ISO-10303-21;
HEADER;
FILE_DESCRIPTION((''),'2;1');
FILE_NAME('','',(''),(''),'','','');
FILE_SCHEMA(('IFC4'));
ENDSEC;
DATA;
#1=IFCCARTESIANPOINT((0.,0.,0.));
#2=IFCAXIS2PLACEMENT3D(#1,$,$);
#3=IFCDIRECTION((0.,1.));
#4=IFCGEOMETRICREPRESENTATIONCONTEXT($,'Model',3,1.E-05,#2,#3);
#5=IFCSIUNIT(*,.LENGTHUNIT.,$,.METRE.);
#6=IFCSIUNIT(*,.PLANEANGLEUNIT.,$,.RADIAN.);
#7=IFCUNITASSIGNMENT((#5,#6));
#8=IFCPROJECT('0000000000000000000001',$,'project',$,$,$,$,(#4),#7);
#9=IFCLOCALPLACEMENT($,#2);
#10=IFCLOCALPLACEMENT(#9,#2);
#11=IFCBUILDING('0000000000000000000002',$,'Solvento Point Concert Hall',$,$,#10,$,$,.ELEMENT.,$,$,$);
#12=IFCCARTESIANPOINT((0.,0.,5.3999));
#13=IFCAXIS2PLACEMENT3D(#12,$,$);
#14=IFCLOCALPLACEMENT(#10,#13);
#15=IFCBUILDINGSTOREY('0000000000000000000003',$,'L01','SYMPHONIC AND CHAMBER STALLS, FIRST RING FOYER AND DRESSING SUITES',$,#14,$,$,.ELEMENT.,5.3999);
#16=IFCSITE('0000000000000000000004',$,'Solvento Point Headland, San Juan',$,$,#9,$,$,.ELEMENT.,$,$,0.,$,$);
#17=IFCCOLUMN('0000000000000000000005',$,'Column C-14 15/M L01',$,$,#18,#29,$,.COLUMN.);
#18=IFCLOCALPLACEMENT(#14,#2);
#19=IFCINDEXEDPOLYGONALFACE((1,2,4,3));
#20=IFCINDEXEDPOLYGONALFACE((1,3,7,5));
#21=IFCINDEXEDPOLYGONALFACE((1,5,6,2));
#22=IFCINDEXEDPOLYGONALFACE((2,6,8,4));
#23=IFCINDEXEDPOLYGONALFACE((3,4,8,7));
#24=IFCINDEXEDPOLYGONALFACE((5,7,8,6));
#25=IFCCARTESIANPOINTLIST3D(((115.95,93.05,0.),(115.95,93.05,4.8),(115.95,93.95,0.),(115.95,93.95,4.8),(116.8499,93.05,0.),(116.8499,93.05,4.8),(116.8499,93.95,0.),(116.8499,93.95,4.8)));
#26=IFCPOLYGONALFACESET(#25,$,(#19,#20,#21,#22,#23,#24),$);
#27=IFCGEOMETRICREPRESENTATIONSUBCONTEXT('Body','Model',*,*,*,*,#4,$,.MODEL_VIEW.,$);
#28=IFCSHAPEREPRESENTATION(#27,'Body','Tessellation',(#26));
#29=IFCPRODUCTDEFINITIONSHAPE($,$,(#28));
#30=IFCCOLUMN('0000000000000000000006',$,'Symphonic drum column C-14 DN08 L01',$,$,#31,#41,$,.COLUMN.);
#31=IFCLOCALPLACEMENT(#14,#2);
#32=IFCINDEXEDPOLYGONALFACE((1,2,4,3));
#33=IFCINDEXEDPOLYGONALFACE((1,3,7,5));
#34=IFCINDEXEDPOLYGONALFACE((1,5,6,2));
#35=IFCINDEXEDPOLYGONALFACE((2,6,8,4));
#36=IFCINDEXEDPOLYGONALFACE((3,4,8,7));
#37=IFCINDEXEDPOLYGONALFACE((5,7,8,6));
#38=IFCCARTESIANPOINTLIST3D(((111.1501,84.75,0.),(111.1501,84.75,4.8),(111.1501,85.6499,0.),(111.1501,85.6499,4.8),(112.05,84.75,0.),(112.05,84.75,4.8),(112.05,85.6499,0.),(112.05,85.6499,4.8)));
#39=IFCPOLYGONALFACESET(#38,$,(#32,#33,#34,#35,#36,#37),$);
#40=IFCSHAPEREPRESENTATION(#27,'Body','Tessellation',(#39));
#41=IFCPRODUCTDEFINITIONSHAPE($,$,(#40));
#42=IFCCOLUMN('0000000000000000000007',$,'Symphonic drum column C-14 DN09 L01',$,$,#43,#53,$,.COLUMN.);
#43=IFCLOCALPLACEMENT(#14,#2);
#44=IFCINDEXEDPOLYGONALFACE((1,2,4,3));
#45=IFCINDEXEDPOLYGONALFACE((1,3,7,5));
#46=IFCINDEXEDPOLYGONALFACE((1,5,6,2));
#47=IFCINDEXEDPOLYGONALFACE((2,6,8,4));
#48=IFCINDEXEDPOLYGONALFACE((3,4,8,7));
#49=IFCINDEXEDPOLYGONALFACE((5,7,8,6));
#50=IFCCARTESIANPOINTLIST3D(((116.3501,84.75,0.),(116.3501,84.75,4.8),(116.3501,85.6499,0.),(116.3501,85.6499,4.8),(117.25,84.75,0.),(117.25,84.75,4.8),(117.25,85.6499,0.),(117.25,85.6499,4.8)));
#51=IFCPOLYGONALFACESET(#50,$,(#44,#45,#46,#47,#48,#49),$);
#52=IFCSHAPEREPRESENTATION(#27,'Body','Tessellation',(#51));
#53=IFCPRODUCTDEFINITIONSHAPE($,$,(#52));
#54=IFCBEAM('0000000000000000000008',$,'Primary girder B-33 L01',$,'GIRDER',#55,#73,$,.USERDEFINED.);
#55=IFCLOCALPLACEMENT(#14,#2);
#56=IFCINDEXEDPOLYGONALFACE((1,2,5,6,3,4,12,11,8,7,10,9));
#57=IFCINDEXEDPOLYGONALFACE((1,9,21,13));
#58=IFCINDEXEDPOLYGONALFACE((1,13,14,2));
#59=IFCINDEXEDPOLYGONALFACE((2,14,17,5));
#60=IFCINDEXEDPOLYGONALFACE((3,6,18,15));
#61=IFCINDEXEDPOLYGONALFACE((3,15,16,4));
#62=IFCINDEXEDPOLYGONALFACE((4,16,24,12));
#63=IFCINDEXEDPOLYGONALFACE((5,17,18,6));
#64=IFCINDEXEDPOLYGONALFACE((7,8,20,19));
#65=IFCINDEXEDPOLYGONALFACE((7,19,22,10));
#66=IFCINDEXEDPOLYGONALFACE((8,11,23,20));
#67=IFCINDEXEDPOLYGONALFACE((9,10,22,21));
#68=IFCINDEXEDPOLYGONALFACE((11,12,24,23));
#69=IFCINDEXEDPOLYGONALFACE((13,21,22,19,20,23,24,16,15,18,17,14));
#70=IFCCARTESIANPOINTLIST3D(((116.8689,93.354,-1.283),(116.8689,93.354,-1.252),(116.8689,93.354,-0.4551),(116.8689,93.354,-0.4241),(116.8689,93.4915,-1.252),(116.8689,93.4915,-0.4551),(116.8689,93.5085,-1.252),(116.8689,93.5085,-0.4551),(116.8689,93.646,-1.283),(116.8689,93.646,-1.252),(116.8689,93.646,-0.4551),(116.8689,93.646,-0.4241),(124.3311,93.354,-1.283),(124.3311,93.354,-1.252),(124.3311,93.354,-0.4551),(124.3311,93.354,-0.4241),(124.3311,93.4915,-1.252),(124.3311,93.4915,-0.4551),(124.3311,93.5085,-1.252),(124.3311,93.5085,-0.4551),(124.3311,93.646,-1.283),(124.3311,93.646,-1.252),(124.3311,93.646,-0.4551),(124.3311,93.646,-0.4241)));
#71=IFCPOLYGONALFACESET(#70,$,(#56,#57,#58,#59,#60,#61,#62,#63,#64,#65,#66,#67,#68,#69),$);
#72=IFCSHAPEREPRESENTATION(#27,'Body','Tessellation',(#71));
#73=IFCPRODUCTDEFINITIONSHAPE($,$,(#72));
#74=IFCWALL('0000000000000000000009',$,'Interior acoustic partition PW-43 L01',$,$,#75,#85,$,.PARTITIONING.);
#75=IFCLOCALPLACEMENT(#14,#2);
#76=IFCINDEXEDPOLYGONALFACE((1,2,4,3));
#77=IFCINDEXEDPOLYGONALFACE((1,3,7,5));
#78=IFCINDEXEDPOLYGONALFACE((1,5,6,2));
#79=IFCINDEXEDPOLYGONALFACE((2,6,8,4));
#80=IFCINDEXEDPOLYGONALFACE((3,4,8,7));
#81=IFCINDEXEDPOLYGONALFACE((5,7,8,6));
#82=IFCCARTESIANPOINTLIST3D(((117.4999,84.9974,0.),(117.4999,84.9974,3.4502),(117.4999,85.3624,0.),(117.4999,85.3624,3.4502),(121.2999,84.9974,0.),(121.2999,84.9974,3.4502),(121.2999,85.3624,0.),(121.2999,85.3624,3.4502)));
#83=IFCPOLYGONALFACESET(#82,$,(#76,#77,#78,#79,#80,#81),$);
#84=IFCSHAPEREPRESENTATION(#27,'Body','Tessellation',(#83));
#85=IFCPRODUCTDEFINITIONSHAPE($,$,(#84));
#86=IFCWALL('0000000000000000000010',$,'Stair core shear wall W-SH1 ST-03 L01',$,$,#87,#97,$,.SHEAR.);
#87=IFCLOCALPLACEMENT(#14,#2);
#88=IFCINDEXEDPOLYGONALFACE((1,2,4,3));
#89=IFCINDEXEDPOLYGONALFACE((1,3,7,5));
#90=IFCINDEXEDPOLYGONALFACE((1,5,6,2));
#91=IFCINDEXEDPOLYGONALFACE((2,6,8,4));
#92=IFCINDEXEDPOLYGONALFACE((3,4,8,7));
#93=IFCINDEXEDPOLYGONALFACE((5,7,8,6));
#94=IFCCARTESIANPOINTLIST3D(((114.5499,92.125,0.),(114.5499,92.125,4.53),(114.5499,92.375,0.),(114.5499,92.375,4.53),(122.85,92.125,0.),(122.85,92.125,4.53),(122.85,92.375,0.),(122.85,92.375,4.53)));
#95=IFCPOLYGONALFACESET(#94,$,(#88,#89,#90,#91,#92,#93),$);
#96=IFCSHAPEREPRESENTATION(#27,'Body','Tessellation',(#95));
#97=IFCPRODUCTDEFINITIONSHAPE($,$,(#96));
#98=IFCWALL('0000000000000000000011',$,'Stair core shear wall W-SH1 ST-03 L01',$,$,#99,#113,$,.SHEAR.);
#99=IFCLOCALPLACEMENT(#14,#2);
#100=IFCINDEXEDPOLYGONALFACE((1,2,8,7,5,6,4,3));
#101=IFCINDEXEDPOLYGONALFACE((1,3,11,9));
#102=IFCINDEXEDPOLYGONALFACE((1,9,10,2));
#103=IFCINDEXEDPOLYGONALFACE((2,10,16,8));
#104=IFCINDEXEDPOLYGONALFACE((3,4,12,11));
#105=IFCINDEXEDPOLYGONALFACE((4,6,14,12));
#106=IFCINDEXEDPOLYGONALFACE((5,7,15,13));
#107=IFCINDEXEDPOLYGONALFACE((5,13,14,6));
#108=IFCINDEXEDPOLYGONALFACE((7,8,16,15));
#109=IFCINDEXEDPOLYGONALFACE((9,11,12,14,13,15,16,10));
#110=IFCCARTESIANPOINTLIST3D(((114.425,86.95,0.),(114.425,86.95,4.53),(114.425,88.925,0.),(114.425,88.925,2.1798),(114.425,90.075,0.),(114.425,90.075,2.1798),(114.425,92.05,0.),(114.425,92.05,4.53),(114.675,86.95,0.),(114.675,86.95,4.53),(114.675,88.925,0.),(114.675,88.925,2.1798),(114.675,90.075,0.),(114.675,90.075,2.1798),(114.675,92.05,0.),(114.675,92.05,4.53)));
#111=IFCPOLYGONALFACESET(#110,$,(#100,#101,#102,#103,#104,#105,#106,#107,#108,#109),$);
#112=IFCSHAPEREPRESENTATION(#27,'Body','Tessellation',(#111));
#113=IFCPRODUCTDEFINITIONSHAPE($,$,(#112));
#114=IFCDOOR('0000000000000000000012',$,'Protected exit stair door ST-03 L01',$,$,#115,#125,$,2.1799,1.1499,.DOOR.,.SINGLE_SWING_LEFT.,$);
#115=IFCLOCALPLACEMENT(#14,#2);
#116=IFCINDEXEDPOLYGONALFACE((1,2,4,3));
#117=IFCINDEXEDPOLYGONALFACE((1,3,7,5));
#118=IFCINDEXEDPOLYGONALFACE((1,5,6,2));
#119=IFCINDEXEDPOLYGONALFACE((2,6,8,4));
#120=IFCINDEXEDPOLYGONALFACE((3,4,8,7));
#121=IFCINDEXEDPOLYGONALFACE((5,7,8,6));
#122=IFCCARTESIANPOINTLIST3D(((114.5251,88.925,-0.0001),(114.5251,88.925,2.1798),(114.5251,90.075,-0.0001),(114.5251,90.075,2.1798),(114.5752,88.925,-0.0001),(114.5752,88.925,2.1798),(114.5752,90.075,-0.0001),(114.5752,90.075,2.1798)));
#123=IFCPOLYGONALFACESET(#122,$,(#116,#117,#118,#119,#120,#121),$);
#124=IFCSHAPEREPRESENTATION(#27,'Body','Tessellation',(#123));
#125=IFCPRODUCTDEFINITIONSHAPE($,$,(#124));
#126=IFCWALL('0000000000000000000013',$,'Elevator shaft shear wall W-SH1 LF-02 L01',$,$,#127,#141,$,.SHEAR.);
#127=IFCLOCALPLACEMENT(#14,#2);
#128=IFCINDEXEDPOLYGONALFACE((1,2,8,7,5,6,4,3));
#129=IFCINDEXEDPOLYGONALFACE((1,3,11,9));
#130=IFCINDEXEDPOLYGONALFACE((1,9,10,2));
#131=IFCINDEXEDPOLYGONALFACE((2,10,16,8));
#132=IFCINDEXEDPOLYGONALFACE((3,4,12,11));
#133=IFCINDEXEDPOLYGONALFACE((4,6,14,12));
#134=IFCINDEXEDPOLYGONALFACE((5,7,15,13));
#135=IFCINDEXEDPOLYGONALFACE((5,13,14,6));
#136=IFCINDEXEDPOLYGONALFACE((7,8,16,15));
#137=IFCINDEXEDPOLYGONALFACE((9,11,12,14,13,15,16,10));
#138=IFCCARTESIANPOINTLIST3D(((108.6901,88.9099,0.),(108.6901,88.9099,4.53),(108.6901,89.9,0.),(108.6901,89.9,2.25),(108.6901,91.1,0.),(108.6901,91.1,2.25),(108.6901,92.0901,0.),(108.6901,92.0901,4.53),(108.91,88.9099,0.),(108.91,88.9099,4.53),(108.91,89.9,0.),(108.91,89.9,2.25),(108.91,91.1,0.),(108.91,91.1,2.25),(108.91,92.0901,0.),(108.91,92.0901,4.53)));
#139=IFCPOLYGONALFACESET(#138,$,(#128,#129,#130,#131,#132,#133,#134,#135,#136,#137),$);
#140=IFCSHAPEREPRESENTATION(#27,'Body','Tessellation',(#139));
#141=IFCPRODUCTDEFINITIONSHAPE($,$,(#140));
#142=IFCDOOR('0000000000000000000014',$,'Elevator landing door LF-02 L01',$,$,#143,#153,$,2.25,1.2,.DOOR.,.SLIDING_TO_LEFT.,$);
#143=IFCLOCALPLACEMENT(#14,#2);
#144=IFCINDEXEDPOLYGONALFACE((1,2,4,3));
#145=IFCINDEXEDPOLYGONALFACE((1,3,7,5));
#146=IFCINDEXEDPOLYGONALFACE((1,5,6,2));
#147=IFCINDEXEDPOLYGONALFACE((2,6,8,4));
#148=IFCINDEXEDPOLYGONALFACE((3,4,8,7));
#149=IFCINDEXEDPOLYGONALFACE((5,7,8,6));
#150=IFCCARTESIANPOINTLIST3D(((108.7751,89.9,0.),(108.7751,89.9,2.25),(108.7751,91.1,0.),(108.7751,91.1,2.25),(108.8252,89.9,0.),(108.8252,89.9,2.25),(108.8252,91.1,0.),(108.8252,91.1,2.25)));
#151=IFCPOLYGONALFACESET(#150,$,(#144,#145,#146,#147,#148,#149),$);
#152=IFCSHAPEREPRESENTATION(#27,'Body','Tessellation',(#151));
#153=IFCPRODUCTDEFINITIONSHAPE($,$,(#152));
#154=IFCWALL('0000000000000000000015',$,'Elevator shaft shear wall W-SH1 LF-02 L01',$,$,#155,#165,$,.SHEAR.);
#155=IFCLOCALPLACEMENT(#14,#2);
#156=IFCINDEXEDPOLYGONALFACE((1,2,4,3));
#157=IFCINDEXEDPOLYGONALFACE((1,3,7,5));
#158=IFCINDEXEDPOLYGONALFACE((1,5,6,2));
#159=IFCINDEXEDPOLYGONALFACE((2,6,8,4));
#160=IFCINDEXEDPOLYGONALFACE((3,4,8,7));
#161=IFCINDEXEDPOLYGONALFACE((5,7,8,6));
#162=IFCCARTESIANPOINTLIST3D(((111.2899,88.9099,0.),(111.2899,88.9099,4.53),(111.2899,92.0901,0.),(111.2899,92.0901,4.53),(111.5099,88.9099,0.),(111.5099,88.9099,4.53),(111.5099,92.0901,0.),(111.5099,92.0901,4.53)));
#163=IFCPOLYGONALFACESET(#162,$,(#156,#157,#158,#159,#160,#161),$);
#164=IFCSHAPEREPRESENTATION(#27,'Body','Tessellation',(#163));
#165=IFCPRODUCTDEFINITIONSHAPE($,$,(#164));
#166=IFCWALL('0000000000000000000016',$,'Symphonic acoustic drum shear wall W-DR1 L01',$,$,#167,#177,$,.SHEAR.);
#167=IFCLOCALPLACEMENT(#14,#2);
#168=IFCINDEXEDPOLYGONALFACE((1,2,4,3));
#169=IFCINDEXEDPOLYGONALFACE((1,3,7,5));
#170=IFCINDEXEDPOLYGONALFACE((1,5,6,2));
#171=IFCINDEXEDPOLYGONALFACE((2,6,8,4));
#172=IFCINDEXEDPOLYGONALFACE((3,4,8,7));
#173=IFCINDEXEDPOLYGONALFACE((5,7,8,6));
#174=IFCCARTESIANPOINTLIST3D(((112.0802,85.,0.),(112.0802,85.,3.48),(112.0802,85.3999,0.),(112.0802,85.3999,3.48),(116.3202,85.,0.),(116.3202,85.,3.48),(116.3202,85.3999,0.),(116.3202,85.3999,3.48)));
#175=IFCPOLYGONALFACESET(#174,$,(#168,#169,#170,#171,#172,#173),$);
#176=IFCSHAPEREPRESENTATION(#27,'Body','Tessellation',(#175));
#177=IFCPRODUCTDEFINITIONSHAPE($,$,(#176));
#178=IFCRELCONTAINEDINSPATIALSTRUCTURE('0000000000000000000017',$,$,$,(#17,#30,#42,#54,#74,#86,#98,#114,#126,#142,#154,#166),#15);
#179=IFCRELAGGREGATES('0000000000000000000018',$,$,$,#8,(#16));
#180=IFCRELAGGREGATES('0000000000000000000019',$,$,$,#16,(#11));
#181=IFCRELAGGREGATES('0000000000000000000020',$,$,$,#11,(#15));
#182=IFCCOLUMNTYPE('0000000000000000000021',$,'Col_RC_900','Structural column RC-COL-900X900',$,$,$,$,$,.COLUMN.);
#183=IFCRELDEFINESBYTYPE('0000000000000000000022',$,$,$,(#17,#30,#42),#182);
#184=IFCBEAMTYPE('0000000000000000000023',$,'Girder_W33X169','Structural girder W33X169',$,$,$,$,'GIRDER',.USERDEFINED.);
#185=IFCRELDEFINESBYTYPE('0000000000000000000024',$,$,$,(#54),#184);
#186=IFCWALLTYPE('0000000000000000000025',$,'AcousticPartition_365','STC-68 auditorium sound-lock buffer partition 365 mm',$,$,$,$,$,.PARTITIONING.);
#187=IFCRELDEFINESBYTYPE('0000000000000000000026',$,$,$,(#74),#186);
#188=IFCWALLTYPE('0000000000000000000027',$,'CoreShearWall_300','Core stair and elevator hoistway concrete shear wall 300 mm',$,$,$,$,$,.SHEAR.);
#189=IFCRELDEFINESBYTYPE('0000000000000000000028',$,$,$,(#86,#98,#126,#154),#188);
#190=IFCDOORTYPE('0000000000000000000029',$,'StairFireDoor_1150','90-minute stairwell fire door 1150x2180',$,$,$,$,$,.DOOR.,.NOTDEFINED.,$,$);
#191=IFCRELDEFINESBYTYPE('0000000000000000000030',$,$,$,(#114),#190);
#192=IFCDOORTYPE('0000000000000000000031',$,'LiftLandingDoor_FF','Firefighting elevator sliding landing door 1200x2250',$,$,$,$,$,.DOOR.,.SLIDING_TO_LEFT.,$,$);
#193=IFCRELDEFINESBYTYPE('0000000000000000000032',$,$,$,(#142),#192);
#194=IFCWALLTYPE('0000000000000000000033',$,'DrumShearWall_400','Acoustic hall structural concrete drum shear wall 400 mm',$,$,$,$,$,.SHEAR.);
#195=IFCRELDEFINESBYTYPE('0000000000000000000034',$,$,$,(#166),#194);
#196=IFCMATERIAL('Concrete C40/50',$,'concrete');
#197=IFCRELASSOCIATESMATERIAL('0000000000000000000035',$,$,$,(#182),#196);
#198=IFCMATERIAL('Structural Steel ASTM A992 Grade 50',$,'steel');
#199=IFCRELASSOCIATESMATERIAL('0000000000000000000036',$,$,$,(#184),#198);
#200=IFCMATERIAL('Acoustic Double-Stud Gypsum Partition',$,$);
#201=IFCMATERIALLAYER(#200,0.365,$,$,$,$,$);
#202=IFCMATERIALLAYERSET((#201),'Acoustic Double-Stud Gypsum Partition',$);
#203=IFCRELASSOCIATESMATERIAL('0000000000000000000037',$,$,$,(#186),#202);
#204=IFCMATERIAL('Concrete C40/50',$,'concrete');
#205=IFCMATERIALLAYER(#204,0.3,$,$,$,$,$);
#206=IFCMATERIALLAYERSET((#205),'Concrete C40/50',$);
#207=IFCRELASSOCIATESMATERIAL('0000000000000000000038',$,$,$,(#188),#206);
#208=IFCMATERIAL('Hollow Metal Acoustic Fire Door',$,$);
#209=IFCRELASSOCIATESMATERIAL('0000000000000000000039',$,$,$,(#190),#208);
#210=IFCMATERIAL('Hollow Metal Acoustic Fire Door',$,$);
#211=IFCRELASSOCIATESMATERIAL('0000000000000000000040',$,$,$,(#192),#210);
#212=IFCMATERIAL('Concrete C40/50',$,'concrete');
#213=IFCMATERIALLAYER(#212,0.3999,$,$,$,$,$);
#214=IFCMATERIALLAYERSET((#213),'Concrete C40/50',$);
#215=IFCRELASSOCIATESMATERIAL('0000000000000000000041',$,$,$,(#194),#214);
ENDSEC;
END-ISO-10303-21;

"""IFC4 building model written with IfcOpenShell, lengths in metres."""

from ifc_helpers import new_model, si_unit, direction, frame, frame_2d, origin, origin_2d, place, context, subcontext, project, spatial, rectangle, i_section, extrude, material, layer, layer_set, material_profile, profile_set, type_object, element, fill, save


model = new_model("IFC4")

# Units and contexts
model_context = context("Model", 3, precision=1e-05, world=origin(), true_north=direction((0.0, 1.0)))
body_context = subcontext(model_context, "Body", "Model", "MODEL_VIEW")
ifc_project = project(units=[si_unit("LENGTHUNIT", "METRE"), si_unit("PLANEANGLEUNIT", "RADIAN")], contexts=[model_context])

# Site, building, storey
site_placement = place(None, origin())
site = spatial("IfcSite", under=ifc_project, at=site_placement, Name="Solvento Point Headland, San Juan", CompositionType="ELEMENT", RefElevation=0.0)
building_placement = place(site_placement, origin())
building = spatial("IfcBuilding", under=site, at=building_placement, Name="Solvento Point Concert Hall", CompositionType="ELEMENT")
storey_placement = place(building_placement, frame((0.0, 0.0, 5.3999)))
storey = spatial("IfcBuildingStorey", under=building, at=storey_placement, Name="L01", Description="SYMPHONIC AND CHAMBER STALLS, FIRST RING FOYER AND DRESSING SUITES", CompositionType="ELEMENT", Elevation=5.3999)

# Columns
ifc_material_1 = material(Name="Concrete C40/50", Category="concrete")
ifc_material_profile_1 = material_profile(ifc_material_1, rectangle(XDim=0.8999, YDim=0.8999, at=origin_2d()), Name="RC-COL-900X900")
ifc_profile_set_1 = profile_set([ifc_material_profile_1], Name="Concrete C40/50")
column_type = type_object("IfcColumnType", Name="Col_RC_900", Description="Structural column RC-COL-900X900", PredefinedType="COLUMN", material=ifc_profile_set_1)
for number, where, z_axis, x_axis, name in (
    (1, (116.3999, 93.5, 0.0), (0.0, 0.0, 1.0), (1.0, 0.0, 0.0), "Column C-14 15/M L01"),
    (2, (111.6001, 85.2, 0.0), (0.0, 0.0, 1.0), (1.0, 0.0, 0.0), "Symphonic drum column C-14 DN08 L01"),
    (3, (116.8, 85.2, 0.0), (0.0, 0.0, 1.0), (1.0, 0.0, 0.0), "Symphonic drum column C-14 DN09 L01"),
):
    element("IfcColumn", number, at=place(storey_placement, frame(where, z_axis=z_axis, x_axis=x_axis)), inside=storey, type_object=column_type, Name=name, PredefinedType="COLUMN", context=body_context, shape_type="SweptSolid", body=[
        extrude(rectangle(XDim=0.8999, YDim=0.8999, at=origin_2d()), origin(), (0.0, 0.0, 1.0), 4.8),
    ])

# Beam
ifc_material_2 = material(Name="Structural Steel ASTM A992 Grade 50", Category="steel")
ifc_material_profile_2 = material_profile(ifc_material_2, i_section(OverallWidth=0.292, OverallDepth=0.8589, WebThickness=0.0171, FlangeThickness=0.031, at=origin_2d()), Name="W33X169")
ifc_profile_set_2 = profile_set([ifc_material_profile_2], Name="Structural Steel ASTM A992 Grade 50")
beam_type = type_object("IfcBeamType", Name="Girder_W33X169", Description="Structural girder W33X169", ElementType="GIRDER", PredefinedType="USERDEFINED", material=ifc_profile_set_2)
beam_placement = place(storey_placement, frame((116.8689, 93.5, -0.8535), z_axis=(1.0, 0.0, 0.0), x_axis=(0.0, 1.0, 0.0)))
element("IfcBeam", 4, at=beam_placement, inside=storey, type_object=beam_type, Name="Primary girder B-33 L01", ObjectType="GIRDER", PredefinedType="USERDEFINED", context=body_context, shape_type="SweptSolid", body=[
    extrude(i_section(OverallWidth=0.292, OverallDepth=0.8589, WebThickness=0.0171, FlangeThickness=0.031, at=origin_2d()), origin(), (0.0, 0.0, 1.0), 7.4622),
])

# Walls
ifc_material_3 = material(Name="Acoustic Double-Stud Gypsum Partition")
ifc_layer_1 = layer(ifc_material_3, 0.365)
ifc_layer_set_1 = layer_set([ifc_layer_1], Name="Acoustic Double-Stud Gypsum Partition")
wall_type_1 = type_object("IfcWallType", Name="AcousticPartition_365", Description="STC-68 auditorium sound-lock buffer partition 365 mm", PredefinedType="PARTITIONING", material=ifc_layer_set_1)
wall_1_placement = place(storey_placement, frame((117.5, 85.1799, 0.0), z_axis=(0.0, 0.0, 1.0), x_axis=(1.0, 0.0, 0.0)))
element("IfcWall", 5, at=wall_1_placement, inside=storey, type_object=wall_type_1, Name="Interior acoustic partition PW-43 L01", PredefinedType="PARTITIONING", context=body_context, shape_type="SweptSolid", body=[
    extrude(rectangle(XDim=3.8, YDim=0.365, at=frame_2d((1.8999, 0.0))), origin(), (0.0, 0.0, 1.0), 3.4502),
])
ifc_material_4 = material(Name="Concrete C40/50", Category="concrete")
ifc_layer_2 = layer(ifc_material_4, 0.3)
ifc_layer_set_2 = layer_set([ifc_layer_2], Name="Concrete C40/50")
wall_type_2 = type_object("IfcWallType", Name="CoreShearWall_300", Description="Core stair and elevator hoistway concrete shear wall 300 mm", PredefinedType="SHEAR", material=ifc_layer_set_2)
wall_2_placement = place(storey_placement, frame((114.55, 92.25, 0.0), z_axis=(0.0, 0.0, 1.0), x_axis=(1.0, 0.0, 0.0)))
element("IfcWall", 6, at=wall_2_placement, inside=storey, type_object=wall_type_2, Name="Stair core shear wall W-SH1 ST-03 L01", PredefinedType="SHEAR", context=body_context, shape_type="SweptSolid", body=[
    extrude(rectangle(XDim=8.3, YDim=0.25, at=frame_2d((4.1499, 0.0))), origin(), (0.0, 0.0, 1.0), 4.53),
])

# Wall, opening, door
wall_3_placement = place(storey_placement, frame((114.55, 86.95, 0.0), z_axis=(0.0, 0.0, 1.0), x_axis=(0.0, 1.0, 0.0)))
wall_3 = element("IfcWall", 7, at=wall_3_placement, inside=storey, type_object=wall_type_2, Name="Stair core shear wall W-SH1 ST-03 L01", PredefinedType="SHEAR", context=body_context, shape_type="SweptSolid", body=[
    extrude(rectangle(XDim=5.1001, YDim=0.25, at=frame_2d((2.55, 0.0))), origin(), (0.0, 0.0, 1.0), 4.53),
])
opening_1_placement = place(wall_3_placement, frame((1.9751, 0.0, 0.0)))
opening_1 = element("IfcOpeningElement", 8, at=opening_1_placement, cuts=wall_3, PredefinedType="OPENING", context=body_context, shape_type="SweptSolid", body=[
    extrude(rectangle(XDim=1.1499, YDim=2.1799, at=frame_2d((0.575, 1.0898))), frame((0.0, 0.135, 0.0), z_axis=(0.0, -1.0, 0.0), x_axis=(1.0, 0.0, 0.0)), (0.0, 0.0, 1.0), 0.27),
])
ifc_material_5 = material(Name="Hollow Metal Acoustic Fire Door")
door_type_1 = type_object("IfcDoorType", Name="StairFireDoor_1150", Description="90-minute stairwell fire door 1150x2180", OperationType="NOTDEFINED", PredefinedType="DOOR", material=ifc_material_5)
door_1_placement = place(opening_1_placement, origin())
door_1 = element("IfcDoor", 9, at=door_1_placement, inside=storey, type_object=door_type_1, Name="Protected exit stair door ST-03 L01", OperationType="SINGLE_SWING_LEFT", OverallHeight=2.1799, OverallWidth=1.1499, PredefinedType="DOOR", context=body_context, shape_type="SweptSolid", body=[
    extrude(rectangle(XDim=1.1499, YDim=2.1799, at=frame_2d((0.575, 1.0898))), frame((0.0, 0.0249, 0.0), z_axis=(0.0, -1.0, 0.0), x_axis=(1.0, 0.0, 0.0)), (0.0, 0.0, 1.0), 0.05),
])
fill(opening_1, door_1)

# Wall, opening, door
wall_4_placement = place(storey_placement, frame((108.8, 88.9099, 0.0), z_axis=(0.0, 0.0, 1.0), x_axis=(0.0, 1.0, 0.0)))
wall_4 = element("IfcWall", 10, at=wall_4_placement, inside=storey, type_object=wall_type_2, Name="Elevator shaft shear wall W-SH1 LF-02 L01", PredefinedType="SHEAR", context=body_context, shape_type="SweptSolid", body=[
    extrude(rectangle(XDim=3.1802, YDim=0.22, at=frame_2d((1.5901, 0.0))), origin(), (0.0, 0.0, 1.0), 4.53),
])
opening_2_placement = place(wall_4_placement, frame((0.99, 0.0, 0.0)))
opening_2 = element("IfcOpeningElement", 11, at=opening_2_placement, cuts=wall_4, PredefinedType="OPENING", context=body_context, shape_type="SweptSolid", body=[
    extrude(rectangle(XDim=1.2, YDim=2.25, at=frame_2d((0.6001, 1.125))), frame((0.0, 0.1199, 0.0), z_axis=(0.0, -1.0, 0.0), x_axis=(1.0, 0.0, 0.0)), (0.0, 0.0, 1.0), 0.24),
])
ifc_material_6 = material(Name="Hollow Metal Acoustic Fire Door")
door_type_2 = type_object("IfcDoorType", Name="LiftLandingDoor_FF", Description="Firefighting elevator sliding landing door 1200x2250", OperationType="SLIDING_TO_LEFT", PredefinedType="DOOR", material=ifc_material_6)
door_2_placement = place(opening_2_placement, origin())
door_2 = element("IfcDoor", 12, at=door_2_placement, inside=storey, type_object=door_type_2, Name="Elevator landing door LF-02 L01", OperationType="SLIDING_TO_LEFT", OverallHeight=2.25, OverallWidth=1.2, PredefinedType="DOOR", context=body_context, shape_type="SweptSolid", body=[
    extrude(rectangle(XDim=1.2, YDim=2.25, at=frame_2d((0.6001, 1.125))), frame((0.0, 0.0249, 0.0), z_axis=(0.0, -1.0, 0.0), x_axis=(1.0, 0.0, 0.0)), (0.0, 0.0, 1.0), 0.05),
])
fill(opening_2, door_2)

# Walls
wall_5_placement = place(storey_placement, frame((111.3999, 88.9099, 0.0), z_axis=(0.0, 0.0, 1.0), x_axis=(0.0, 1.0, 0.0)))
element("IfcWall", 13, at=wall_5_placement, inside=storey, type_object=wall_type_2, Name="Elevator shaft shear wall W-SH1 LF-02 L01", PredefinedType="SHEAR", context=body_context, shape_type="SweptSolid", body=[
    extrude(rectangle(XDim=3.1802, YDim=0.22, at=frame_2d((1.5901, 0.0))), origin(), (0.0, 0.0, 1.0), 4.53),
])
ifc_material_7 = material(Name="Concrete C40/50", Category="concrete")
ifc_layer_3 = layer(ifc_material_7, 0.3999)
ifc_layer_set_3 = layer_set([ifc_layer_3], Name="Concrete C40/50")
wall_type_3 = type_object("IfcWallType", Name="DrumShearWall_400", Description="Acoustic hall structural concrete drum shear wall 400 mm", PredefinedType="SHEAR", material=ifc_layer_set_3)
wall_6_placement = place(storey_placement, frame((112.0801, 85.2, 0.0), z_axis=(0.0, 0.0, 1.0), x_axis=(1.0, 0.0, 0.0)))
element("IfcWall", 14, at=wall_6_placement, inside=storey, type_object=wall_type_3, Name="Symphonic acoustic drum shear wall W-DR1 L01", PredefinedType="SHEAR", context=body_context, shape_type="SweptSolid", body=[
    extrude(rectangle(XDim=4.24, YDim=0.3999, at=frame_2d((2.1201, 0.0))), origin(), (0.0, 0.0, 1.0), 3.48),
])

save(model, "model.ifc")
